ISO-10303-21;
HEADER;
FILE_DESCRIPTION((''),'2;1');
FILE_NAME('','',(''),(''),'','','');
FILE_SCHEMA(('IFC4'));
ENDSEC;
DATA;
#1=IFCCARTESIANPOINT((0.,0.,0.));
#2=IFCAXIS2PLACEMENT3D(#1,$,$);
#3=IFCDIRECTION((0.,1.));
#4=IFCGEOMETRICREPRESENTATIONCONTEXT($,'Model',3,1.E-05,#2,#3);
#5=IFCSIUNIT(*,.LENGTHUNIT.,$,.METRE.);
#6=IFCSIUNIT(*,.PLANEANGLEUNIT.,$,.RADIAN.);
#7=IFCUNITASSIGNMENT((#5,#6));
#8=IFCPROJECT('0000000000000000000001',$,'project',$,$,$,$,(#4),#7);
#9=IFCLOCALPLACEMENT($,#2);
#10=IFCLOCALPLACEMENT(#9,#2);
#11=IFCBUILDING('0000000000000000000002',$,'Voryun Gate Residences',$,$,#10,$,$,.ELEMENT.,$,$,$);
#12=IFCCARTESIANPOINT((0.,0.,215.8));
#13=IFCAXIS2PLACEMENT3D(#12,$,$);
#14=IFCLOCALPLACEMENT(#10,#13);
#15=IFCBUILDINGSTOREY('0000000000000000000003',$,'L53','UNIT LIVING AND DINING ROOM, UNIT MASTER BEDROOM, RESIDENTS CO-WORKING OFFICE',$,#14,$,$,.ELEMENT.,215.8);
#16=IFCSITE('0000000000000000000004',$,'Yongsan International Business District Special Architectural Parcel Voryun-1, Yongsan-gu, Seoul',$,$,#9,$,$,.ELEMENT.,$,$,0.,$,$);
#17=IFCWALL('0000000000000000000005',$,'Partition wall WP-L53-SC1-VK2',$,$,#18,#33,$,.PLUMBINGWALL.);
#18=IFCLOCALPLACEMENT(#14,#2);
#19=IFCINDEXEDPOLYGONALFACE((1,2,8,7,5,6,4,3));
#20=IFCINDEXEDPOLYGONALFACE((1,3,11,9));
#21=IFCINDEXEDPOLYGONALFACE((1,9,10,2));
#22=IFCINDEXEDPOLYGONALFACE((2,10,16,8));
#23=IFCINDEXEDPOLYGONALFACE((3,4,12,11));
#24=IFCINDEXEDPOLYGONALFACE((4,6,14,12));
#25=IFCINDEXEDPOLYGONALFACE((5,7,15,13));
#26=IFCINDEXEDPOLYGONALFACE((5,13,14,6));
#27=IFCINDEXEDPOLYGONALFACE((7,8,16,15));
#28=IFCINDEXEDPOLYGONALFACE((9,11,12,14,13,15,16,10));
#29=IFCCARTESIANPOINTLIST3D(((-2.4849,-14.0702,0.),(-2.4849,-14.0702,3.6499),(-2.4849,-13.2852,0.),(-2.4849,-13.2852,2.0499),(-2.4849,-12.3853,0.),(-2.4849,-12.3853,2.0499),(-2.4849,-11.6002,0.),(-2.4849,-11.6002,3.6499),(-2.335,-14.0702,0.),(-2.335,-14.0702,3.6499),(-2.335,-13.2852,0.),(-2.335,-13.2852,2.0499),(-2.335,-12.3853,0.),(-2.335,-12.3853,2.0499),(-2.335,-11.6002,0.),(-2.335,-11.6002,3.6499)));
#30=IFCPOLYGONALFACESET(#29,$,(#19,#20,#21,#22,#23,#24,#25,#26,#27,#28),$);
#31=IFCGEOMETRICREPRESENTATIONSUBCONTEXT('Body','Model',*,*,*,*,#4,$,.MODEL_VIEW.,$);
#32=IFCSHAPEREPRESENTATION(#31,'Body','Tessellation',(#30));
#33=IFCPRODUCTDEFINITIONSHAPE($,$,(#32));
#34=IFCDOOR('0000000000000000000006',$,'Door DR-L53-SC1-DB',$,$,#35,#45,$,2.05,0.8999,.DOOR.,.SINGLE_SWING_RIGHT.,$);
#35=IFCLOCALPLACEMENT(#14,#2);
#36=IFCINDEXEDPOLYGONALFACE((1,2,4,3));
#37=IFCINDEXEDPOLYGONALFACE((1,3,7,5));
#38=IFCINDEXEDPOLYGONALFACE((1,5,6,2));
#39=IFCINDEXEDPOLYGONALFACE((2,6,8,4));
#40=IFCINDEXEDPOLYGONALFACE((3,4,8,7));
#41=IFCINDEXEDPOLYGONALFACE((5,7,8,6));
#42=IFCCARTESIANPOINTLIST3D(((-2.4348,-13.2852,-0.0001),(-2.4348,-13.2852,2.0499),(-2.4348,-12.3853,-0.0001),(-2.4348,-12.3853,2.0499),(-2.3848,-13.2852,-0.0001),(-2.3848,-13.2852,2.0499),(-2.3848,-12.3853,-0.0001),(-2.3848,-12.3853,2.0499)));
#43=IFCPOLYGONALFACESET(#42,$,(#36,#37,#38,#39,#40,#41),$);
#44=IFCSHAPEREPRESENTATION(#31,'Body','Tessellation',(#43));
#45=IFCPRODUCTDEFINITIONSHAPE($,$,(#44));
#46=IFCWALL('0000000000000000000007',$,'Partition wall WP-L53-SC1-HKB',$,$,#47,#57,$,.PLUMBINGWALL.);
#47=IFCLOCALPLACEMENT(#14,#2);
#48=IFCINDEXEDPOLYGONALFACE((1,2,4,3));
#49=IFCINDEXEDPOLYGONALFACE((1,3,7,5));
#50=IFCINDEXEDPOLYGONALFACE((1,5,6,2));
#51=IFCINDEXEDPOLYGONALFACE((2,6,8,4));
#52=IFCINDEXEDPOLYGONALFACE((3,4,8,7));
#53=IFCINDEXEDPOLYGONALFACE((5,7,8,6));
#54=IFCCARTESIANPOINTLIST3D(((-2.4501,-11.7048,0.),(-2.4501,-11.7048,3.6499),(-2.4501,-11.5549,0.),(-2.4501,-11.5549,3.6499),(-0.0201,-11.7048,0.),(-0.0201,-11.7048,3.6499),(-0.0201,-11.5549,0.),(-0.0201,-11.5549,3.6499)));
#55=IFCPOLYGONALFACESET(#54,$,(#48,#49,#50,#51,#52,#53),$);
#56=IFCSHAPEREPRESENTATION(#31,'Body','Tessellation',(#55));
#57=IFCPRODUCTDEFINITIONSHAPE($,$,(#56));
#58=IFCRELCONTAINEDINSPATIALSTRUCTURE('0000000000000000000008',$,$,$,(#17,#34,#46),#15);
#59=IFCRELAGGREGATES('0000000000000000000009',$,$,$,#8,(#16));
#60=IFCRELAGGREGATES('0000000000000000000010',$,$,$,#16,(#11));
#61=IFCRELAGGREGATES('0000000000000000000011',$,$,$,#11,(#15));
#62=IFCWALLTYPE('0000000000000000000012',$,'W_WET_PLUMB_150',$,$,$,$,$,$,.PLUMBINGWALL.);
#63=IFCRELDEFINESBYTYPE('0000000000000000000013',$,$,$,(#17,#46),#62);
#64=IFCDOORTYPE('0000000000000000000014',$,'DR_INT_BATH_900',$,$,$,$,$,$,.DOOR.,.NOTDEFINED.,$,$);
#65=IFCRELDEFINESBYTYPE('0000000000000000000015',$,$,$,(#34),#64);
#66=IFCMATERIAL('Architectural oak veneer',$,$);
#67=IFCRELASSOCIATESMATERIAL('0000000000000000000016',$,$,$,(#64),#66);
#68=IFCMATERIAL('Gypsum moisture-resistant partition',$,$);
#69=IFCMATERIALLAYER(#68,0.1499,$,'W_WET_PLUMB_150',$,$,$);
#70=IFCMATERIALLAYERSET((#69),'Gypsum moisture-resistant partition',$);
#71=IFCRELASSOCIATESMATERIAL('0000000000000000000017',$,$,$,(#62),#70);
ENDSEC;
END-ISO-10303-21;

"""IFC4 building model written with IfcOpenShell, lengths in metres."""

from ifc_helpers import new_model, si_unit, direction, frame, frame_2d, origin, place, context, subcontext, project, spatial, rectangle, extrude, material, layer, layer_set, type_object, element, fill, save


model = new_model("IFC4")

# Units and contexts
model_context = context("Model", 3, precision=1e-05, world=origin(), true_north=direction((0.0, 1.0)))
body_context = subcontext(model_context, "Body", "Model", "MODEL_VIEW")
ifc_project = project(units=[si_unit("LENGTHUNIT", "METRE"), si_unit("PLANEANGLEUNIT", "RADIAN")], contexts=[model_context])

# Site, building, storey
site_placement = place(None, origin())
site = spatial("IfcSite", under=ifc_project, at=site_placement, Name="Yongsan International Business District Special Architectural Parcel Voryun-1, Yongsan-gu, Seoul", CompositionType="ELEMENT", RefElevation=0.0)
building_placement = place(site_placement, origin())
building = spatial("IfcBuilding", under=site, at=building_placement, Name="Voryun Gate Residences", CompositionType="ELEMENT")
storey_placement = place(building_placement, frame((0.0, 0.0, 215.8)))
storey = spatial("IfcBuildingStorey", under=building, at=storey_placement, Name="L53", Description="UNIT LIVING AND DINING ROOM, UNIT MASTER BEDROOM, RESIDENTS CO-WORKING OFFICE", CompositionType="ELEMENT", Elevation=215.8)

# Shared definitions
ifc_material_1 = material(Name="Architectural oak veneer")
door_type_1 = type_object("IfcDoorType", Name="DR_INT_BATH_900", OperationType="NOTDEFINED", PredefinedType="DOOR", material=ifc_material_1)

# Shared definitions
ifc_material_2 = material(Name="Gypsum moisture-resistant partition")
ifc_layer_1 = layer(ifc_material_2, 0.1499, Name="W_WET_PLUMB_150")
ifc_layer_set_1 = layer_set([ifc_layer_1], Name="Gypsum moisture-resistant partition")
wall_type_1 = type_object("IfcWallType", Name="W_WET_PLUMB_150", PredefinedType="PLUMBINGWALL", material=ifc_layer_set_1)

# Wall, opening, door
wall_1_placement = place(storey_placement, frame((-2.4099, -14.0701, 0.0), z_axis=(0.0, 0.0, 1.0), x_axis=(0.0, 1.0, 0.0)))
wall_1 = element("IfcWall", 1, at=wall_1_placement, inside=storey, type_object=wall_type_1, Name="Partition wall WP-L53-SC1-VK2", PredefinedType="PLUMBINGWALL", context=body_context, shape_type="SweptSolid", body=[
    extrude(rectangle(XDim=2.47, YDim=0.1499, at=frame_2d((1.2349, 0.0))), origin(), (0.0, 0.0, 1.0), 3.6499),
])
opening_1_placement = place(wall_1_placement, frame((0.7849, 0.0, 0.0)))
opening_1 = element("IfcOpeningElement", 2, at=opening_1_placement, cuts=wall_1, PredefinedType="OPENING", context=body_context, shape_type="SweptSolid", body=[
    extrude(rectangle(XDim=0.8999, YDim=2.05, at=frame_2d((0.45, 1.0249))), frame((0.0, 0.085, 0.0), z_axis=(0.0, -1.0, 0.0), x_axis=(1.0, 0.0, 0.0)), (0.0, 0.0, 1.0), 0.1699),
])
door_1_placement = place(opening_1_placement, origin())
door_1 = element("IfcDoor", 3, at=door_1_placement, inside=storey, type_object=door_type_1, Name="Door DR-L53-SC1-DB", OperationType="SINGLE_SWING_RIGHT", OverallHeight=2.05, OverallWidth=0.8999, PredefinedType="DOOR", context=body_context, shape_type="SweptSolid", body=[
    extrude(rectangle(XDim=0.8999, YDim=2.05, at=frame_2d((0.45, 1.0249))), frame((0.0, 0.0249, 0.0), z_axis=(0.0, -1.0, 0.0), x_axis=(1.0, 0.0, 0.0)), (0.0, 0.0, 1.0), 0.05),
])
fill(opening_1, door_1)

# Wall
wall_2_placement = place(storey_placement, frame((-2.45, -11.6299, 0.0), z_axis=(0.0, 0.0, 1.0), x_axis=(1.0, 0.0, 0.0)))
element("IfcWall", 4, at=wall_2_placement, inside=storey, type_object=wall_type_1, Name="Partition wall WP-L53-SC1-HKB", PredefinedType="PLUMBINGWALL", context=body_context, shape_type="SweptSolid", body=[
    extrude(rectangle(XDim=2.4299, YDim=0.1499, at=frame_2d((1.2148, 0.0))), origin(), (0.0, 0.0, 1.0), 3.6499),
])

save(model, "model.ifc")
